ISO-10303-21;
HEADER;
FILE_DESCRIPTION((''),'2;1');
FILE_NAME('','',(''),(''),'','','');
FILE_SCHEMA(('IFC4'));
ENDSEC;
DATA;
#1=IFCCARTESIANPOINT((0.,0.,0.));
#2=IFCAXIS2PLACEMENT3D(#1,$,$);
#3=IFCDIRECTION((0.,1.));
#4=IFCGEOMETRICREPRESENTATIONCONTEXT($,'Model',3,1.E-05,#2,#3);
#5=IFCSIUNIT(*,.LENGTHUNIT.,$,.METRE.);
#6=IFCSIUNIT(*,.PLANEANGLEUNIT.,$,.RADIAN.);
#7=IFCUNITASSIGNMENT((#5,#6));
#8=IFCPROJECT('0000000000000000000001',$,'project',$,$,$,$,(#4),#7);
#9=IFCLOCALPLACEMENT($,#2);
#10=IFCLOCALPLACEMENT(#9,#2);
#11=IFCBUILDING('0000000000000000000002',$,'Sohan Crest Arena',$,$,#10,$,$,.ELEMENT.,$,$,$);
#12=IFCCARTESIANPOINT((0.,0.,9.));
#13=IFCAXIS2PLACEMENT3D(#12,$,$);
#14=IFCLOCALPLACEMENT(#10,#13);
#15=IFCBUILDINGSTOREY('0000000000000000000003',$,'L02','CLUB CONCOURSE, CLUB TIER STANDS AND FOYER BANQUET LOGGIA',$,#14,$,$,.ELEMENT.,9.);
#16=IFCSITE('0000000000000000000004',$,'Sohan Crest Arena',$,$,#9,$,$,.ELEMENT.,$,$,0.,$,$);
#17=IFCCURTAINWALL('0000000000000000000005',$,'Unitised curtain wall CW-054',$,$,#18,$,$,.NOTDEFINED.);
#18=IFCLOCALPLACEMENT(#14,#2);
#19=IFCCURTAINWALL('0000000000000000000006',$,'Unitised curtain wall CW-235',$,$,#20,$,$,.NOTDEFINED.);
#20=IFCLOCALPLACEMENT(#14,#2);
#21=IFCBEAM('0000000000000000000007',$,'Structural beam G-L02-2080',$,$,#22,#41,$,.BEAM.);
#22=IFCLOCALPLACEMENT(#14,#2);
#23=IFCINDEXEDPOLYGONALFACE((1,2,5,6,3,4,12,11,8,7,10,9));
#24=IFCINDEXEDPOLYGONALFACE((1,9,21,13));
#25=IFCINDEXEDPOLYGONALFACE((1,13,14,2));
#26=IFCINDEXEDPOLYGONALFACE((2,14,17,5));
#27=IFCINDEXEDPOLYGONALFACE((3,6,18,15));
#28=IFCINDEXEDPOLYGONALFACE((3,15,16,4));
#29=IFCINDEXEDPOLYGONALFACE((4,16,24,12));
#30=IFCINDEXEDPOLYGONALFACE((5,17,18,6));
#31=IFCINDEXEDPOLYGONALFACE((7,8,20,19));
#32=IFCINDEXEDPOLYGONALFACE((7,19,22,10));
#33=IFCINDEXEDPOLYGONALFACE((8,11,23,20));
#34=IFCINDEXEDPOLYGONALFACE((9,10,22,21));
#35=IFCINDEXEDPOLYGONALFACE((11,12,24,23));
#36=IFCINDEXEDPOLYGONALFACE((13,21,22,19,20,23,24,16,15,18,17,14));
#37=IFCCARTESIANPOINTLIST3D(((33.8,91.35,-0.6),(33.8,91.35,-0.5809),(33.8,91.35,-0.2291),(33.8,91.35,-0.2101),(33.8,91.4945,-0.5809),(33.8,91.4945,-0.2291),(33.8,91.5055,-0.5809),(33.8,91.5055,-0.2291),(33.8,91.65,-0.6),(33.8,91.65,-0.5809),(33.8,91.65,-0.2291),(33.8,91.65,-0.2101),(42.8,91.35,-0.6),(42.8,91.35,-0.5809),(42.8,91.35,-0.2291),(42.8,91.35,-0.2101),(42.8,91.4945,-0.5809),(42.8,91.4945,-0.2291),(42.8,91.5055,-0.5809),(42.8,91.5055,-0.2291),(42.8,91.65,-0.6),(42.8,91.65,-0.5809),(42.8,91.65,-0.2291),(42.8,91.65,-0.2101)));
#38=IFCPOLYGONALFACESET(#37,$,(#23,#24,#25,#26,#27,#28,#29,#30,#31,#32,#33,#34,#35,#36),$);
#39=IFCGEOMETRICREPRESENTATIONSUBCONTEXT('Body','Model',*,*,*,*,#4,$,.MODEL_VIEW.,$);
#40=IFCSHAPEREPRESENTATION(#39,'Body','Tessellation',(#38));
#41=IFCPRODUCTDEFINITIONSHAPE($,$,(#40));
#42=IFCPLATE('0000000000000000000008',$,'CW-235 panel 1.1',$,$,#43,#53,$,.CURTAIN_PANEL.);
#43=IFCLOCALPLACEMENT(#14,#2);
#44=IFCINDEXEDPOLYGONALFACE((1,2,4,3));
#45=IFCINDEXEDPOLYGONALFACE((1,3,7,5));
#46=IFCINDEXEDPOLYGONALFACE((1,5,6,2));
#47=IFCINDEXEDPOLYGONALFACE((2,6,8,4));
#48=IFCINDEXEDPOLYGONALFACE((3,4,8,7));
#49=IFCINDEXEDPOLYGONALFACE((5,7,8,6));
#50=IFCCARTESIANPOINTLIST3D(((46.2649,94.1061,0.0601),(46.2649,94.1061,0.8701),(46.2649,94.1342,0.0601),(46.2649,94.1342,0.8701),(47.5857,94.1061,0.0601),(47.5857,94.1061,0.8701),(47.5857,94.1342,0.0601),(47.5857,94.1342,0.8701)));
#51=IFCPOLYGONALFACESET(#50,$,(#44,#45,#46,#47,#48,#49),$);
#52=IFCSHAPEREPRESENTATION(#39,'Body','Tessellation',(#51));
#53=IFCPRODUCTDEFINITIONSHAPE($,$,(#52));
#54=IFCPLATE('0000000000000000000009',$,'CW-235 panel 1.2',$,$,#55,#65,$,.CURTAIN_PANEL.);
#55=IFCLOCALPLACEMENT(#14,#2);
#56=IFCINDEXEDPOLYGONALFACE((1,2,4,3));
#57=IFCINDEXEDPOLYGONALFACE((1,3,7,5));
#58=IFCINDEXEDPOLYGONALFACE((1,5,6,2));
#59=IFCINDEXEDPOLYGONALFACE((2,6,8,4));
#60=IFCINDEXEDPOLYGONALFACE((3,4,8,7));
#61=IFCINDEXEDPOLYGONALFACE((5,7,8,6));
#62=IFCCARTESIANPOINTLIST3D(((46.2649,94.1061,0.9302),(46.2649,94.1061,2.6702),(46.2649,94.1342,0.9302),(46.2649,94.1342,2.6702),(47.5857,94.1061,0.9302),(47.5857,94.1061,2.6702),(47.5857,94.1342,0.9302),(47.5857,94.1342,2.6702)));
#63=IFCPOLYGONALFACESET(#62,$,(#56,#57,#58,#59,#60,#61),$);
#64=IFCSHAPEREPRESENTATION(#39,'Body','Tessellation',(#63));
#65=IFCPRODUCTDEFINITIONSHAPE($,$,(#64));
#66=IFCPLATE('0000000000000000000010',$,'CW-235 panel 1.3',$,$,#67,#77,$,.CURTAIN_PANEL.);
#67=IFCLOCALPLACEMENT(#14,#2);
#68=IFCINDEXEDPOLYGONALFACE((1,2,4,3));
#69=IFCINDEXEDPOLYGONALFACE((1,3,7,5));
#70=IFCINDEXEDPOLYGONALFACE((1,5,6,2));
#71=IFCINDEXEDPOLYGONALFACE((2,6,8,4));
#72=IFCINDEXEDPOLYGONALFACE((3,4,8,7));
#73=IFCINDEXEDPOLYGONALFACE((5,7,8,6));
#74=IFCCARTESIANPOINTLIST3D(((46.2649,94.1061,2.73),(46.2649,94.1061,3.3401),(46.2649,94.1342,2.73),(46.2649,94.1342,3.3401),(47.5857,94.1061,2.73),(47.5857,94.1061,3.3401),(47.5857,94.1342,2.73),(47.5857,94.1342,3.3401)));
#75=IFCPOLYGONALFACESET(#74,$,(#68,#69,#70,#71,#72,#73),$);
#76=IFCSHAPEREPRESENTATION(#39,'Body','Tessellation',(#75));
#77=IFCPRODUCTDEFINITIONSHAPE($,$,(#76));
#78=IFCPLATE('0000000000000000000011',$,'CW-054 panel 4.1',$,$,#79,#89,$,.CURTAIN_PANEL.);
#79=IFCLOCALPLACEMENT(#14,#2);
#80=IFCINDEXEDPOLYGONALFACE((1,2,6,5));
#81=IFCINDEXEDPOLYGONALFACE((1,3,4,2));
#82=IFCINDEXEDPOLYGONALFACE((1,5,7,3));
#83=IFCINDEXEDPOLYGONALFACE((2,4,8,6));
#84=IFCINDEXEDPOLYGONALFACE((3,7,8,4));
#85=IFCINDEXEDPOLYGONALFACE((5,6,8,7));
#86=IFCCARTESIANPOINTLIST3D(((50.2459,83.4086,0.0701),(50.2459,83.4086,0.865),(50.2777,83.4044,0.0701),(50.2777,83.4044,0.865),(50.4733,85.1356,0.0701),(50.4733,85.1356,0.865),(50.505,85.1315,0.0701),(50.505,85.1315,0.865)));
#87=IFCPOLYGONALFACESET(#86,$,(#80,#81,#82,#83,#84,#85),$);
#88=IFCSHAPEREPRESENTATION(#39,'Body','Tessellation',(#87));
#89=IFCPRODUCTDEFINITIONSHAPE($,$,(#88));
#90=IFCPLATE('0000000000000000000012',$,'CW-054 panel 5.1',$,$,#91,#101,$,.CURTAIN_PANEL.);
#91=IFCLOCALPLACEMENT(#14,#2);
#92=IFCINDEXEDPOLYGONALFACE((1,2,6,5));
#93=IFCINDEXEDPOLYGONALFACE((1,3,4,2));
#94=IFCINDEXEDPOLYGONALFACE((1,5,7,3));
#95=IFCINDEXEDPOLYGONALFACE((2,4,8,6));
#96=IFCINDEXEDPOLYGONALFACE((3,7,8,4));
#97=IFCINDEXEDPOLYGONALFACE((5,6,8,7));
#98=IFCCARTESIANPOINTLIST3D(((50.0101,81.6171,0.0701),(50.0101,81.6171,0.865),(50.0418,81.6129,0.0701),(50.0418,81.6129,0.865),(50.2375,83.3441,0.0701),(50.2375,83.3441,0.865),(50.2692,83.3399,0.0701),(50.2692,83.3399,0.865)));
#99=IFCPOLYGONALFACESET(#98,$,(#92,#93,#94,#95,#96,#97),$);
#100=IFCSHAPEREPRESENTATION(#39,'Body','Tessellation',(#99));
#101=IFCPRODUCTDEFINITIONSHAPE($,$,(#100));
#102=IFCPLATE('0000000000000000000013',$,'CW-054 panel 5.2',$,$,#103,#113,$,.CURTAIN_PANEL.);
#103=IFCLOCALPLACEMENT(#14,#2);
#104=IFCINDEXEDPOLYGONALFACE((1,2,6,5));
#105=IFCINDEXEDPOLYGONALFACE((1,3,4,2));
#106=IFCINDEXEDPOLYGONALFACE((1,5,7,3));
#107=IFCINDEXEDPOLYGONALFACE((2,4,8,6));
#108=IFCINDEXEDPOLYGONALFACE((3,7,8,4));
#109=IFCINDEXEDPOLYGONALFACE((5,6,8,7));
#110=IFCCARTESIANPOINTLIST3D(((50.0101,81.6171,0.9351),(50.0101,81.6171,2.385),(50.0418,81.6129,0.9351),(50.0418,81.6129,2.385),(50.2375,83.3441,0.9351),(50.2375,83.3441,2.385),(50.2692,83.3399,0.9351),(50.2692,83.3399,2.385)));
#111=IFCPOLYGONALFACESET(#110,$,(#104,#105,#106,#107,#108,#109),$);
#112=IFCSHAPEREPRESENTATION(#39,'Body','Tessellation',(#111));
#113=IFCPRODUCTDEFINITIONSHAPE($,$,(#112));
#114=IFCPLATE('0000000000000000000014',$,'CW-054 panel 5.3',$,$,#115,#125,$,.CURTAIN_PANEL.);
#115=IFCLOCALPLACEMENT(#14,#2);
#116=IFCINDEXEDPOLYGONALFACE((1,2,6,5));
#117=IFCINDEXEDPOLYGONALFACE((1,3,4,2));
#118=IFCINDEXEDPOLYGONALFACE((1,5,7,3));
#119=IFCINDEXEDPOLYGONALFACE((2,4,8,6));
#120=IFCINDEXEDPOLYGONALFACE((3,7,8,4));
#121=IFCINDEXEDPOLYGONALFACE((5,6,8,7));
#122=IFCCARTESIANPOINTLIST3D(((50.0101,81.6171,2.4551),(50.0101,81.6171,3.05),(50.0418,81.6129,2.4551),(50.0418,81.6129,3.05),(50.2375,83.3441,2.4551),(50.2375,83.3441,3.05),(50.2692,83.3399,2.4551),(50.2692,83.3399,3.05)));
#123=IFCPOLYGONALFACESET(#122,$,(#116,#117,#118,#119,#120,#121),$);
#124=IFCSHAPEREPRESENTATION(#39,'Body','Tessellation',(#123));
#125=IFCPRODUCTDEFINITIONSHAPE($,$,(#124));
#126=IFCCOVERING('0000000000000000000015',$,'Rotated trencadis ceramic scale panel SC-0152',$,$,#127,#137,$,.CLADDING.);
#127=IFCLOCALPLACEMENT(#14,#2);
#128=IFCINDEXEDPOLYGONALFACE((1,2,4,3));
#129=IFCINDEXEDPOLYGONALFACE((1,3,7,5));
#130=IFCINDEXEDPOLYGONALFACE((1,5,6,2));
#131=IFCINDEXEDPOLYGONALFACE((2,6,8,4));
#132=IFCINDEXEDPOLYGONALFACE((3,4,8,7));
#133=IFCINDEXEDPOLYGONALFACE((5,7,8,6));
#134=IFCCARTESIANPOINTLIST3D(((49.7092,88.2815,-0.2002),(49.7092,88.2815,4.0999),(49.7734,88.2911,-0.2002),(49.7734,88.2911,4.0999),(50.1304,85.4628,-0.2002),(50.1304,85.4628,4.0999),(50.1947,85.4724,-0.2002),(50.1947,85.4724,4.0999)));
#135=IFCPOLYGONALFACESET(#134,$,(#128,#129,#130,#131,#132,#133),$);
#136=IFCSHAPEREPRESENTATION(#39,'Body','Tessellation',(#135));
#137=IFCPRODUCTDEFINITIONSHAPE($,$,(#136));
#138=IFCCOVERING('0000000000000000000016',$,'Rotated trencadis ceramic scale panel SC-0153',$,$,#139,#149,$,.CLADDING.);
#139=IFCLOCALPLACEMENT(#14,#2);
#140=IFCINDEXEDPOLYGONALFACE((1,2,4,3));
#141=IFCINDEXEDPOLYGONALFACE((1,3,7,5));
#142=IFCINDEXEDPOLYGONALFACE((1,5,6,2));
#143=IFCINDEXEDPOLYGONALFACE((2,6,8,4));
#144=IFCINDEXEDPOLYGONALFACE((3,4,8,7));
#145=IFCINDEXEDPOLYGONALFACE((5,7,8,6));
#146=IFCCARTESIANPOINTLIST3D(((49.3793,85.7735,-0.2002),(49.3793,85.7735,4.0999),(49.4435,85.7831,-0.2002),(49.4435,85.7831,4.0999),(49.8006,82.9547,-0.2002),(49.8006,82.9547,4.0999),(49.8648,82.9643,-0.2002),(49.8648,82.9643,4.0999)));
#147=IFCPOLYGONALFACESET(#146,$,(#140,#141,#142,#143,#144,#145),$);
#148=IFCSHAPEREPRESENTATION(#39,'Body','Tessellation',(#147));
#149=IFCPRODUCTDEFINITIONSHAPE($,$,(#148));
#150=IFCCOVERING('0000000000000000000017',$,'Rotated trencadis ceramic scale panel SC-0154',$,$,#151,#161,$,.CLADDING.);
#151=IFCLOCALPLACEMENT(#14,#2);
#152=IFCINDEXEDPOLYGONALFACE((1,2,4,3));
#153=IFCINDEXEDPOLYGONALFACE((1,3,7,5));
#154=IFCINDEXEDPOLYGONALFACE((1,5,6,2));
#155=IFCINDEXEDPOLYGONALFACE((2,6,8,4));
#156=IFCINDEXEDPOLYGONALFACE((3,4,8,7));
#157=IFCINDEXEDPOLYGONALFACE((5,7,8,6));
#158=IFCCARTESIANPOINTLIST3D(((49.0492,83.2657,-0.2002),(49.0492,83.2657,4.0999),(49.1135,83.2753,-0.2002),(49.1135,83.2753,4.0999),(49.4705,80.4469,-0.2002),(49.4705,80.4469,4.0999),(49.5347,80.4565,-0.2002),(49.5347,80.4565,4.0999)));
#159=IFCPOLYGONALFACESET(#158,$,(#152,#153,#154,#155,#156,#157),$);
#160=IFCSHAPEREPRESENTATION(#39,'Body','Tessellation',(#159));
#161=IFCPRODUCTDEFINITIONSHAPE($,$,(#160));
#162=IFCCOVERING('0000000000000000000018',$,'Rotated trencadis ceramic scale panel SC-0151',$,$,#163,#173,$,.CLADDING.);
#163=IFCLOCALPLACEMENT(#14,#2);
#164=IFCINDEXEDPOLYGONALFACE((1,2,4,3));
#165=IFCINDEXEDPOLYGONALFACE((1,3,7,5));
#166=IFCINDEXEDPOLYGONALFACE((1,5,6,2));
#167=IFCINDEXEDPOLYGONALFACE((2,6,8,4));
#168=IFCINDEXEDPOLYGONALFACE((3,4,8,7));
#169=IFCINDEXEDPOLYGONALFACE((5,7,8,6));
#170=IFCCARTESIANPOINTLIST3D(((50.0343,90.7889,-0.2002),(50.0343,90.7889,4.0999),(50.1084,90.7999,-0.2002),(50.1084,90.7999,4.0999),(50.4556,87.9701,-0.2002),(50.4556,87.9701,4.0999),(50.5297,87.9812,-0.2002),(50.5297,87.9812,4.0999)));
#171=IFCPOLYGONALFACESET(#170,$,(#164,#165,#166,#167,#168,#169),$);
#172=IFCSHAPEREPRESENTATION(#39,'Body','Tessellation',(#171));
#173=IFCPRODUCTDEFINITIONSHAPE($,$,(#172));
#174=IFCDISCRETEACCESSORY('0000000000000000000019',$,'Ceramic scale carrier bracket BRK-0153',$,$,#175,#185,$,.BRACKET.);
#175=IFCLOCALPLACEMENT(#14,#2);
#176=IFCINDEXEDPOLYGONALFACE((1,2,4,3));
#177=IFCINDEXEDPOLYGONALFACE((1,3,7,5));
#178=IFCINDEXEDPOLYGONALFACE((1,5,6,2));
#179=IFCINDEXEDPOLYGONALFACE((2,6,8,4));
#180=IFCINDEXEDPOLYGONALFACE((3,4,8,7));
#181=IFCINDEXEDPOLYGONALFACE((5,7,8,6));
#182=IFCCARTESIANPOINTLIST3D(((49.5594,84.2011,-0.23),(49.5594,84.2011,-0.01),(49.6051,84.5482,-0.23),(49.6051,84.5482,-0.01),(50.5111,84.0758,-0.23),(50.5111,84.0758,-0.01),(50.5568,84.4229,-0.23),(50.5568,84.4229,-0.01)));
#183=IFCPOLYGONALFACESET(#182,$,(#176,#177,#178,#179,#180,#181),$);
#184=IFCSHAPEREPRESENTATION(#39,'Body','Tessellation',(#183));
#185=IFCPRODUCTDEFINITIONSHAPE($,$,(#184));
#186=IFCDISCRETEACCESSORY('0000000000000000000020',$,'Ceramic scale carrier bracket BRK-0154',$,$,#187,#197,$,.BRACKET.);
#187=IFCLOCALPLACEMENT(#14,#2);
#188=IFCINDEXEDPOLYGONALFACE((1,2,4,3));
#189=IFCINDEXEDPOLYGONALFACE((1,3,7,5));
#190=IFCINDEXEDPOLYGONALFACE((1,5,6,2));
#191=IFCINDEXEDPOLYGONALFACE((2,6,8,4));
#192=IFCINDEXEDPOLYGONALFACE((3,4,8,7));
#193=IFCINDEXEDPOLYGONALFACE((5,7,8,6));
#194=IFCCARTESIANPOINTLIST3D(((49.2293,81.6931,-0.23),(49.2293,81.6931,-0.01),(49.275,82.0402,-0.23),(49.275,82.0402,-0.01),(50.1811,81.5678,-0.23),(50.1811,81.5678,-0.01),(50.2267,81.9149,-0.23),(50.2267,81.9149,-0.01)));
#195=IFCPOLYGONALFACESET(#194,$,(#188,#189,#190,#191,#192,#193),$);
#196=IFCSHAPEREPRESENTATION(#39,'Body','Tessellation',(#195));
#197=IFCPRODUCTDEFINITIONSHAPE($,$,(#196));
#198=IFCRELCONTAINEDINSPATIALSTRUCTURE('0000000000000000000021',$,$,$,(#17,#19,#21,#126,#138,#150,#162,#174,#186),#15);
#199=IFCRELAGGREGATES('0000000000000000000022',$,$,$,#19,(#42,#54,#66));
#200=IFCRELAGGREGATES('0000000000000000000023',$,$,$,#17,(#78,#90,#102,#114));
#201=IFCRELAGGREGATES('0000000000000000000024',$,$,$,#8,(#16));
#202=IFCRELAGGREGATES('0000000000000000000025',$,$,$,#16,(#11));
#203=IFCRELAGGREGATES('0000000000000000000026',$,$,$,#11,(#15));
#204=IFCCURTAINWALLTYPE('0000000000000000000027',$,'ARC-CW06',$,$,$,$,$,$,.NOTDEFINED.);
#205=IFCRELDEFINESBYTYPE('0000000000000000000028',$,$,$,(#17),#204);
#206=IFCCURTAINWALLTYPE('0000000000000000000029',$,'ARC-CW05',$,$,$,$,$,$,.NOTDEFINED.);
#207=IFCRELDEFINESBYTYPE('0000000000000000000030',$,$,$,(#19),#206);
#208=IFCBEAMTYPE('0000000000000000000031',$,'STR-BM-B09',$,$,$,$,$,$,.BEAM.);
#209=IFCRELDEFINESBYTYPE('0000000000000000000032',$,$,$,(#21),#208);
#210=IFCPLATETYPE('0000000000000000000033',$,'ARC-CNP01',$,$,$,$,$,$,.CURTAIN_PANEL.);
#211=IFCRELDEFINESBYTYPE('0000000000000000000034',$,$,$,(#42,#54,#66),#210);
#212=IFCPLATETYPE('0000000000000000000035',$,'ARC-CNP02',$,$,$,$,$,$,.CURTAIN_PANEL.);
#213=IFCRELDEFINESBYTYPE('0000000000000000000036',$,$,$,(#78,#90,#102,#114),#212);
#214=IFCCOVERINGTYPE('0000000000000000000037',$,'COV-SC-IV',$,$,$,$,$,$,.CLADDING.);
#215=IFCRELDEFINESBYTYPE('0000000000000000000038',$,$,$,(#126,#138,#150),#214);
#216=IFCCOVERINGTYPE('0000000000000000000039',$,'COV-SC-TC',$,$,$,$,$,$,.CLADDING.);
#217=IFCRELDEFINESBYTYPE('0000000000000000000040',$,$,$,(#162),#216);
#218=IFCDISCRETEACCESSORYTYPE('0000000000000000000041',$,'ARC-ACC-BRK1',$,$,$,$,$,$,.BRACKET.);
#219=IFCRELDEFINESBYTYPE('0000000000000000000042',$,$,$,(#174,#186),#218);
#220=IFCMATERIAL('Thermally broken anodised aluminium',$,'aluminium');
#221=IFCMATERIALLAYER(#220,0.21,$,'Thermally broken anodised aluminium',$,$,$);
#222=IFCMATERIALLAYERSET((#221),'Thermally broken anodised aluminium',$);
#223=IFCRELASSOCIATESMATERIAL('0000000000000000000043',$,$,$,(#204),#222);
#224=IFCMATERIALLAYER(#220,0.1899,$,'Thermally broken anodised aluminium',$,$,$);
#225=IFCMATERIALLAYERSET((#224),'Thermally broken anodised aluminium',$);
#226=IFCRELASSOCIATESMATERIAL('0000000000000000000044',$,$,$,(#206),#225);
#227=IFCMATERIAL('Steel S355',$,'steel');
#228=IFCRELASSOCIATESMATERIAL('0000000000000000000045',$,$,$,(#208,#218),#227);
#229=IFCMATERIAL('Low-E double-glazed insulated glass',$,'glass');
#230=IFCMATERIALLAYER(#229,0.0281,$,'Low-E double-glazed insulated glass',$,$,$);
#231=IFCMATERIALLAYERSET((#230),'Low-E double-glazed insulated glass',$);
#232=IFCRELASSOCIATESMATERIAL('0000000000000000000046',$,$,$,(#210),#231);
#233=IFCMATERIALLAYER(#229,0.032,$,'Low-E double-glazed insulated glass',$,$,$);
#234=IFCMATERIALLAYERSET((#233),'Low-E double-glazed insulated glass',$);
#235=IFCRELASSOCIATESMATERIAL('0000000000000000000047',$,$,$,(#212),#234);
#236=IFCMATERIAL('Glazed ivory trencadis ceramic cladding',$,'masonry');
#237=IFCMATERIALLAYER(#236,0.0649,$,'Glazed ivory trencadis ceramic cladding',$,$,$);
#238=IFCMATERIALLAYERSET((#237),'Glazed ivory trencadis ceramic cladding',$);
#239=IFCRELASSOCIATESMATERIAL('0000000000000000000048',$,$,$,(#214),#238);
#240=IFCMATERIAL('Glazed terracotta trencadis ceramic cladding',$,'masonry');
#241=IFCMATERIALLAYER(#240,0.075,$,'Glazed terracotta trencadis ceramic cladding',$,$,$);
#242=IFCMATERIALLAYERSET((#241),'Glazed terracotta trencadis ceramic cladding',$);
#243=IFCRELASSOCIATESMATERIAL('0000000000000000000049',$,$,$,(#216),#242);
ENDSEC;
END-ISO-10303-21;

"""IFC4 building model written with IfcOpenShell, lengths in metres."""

from ifc_helpers import new_model, si_unit, direction, frame, origin, origin_2d, place, context, subcontext, project, spatial, rectangle, i_section, extrude, material, layer, layer_set, material_profile, profile_set, type_object, element, aggregate, save


model = new_model("IFC4")

# Units and contexts
model_context = context("Model", 3, precision=1e-05, world=origin(), true_north=direction((0.0, 1.0)))
body_context = subcontext(model_context, "Body", "Model", "MODEL_VIEW")
ifc_project = project(units=[si_unit("LENGTHUNIT", "METRE"), si_unit("PLANEANGLEUNIT", "RADIAN")], contexts=[model_context])

# Site, building, storey
site_placement = place(None, origin())
site = spatial("IfcSite", under=ifc_project, at=site_placement, Name="Sohan Crest Arena", CompositionType="ELEMENT", RefElevation=0.0)
building_placement = place(site_placement, origin())
building = spatial("IfcBuilding", under=site, at=building_placement, Name="Sohan Crest Arena", CompositionType="ELEMENT")
storey_placement = place(building_placement, frame((0.0, 0.0, 9.0)))
storey = spatial("IfcBuildingStorey", under=building, at=storey_placement, Name="L02", Description="CLUB CONCOURSE, CLUB TIER STANDS AND FOYER BANQUET LOGGIA", CompositionType="ELEMENT", Elevation=9.0)

# Curtain wall
ifc_material_1 = material(Name="Thermally broken anodised aluminium", Category="aluminium")
ifc_layer_1 = layer(ifc_material_1, 0.21, Name="Thermally broken anodised aluminium")
ifc_layer_set_1 = layer_set([ifc_layer_1], Name="Thermally broken anodised aluminium")
curtain_wall_type_1 = type_object("IfcCurtainWallType", Name="ARC-CW06", PredefinedType="NOTDEFINED", material=ifc_layer_set_1)
curtain_wall_1_placement = place(storey_placement, origin())
curtain_wall_1 = element("IfcCurtainWall", 1, at=curtain_wall_1_placement, inside=storey, type_object=curtain_wall_type_1, Name="Unitised curtain wall CW-054", PredefinedType="NOTDEFINED")

# Curtain wall
ifc_layer_2 = layer(ifc_material_1, 0.1899, Name="Thermally broken anodised aluminium")
ifc_layer_set_2 = layer_set([ifc_layer_2], Name="Thermally broken anodised aluminium")
curtain_wall_type_2 = type_object("IfcCurtainWallType", Name="ARC-CW05", PredefinedType="NOTDEFINED", material=ifc_layer_set_2)
curtain_wall_2_placement = place(storey_placement, origin())
curtain_wall_2 = element("IfcCurtainWall", 2, at=curtain_wall_2_placement, inside=storey, type_object=curtain_wall_type_2, Name="Unitised curtain wall CW-235", PredefinedType="NOTDEFINED")

# Beam
ifc_material_2 = material(Name="Steel S355", Category="steel")
ifc_material_profile_1 = material_profile(ifc_material_2, i_section(OverallWidth=0.3, OverallDepth=0.3899, WebThickness=0.011, FlangeThickness=0.019, at=origin_2d()), Name="HEA 400")
ifc_profile_set_1 = profile_set([ifc_material_profile_1], Name="Steel S355")
beam_type_1 = type_object("IfcBeamType", Name="STR-BM-B09", PredefinedType="BEAM", material=ifc_profile_set_1)
beam_1_placement = place(storey_placement, frame((33.8, 91.5, -0.405), z_axis=(1.0, 0.0, 0.0), x_axis=(0.0, 1.0, 0.0)))
element("IfcBeam", 3, at=beam_1_placement, inside=storey, type_object=beam_type_1, Name="Structural beam G-L02-2080", PredefinedType="BEAM", context=body_context, shape_type="SweptSolid", body=[
    extrude(i_section(OverallWidth=0.3, OverallDepth=0.3899, WebThickness=0.011, FlangeThickness=0.019, at=origin_2d()), origin(), (0.0, 0.0, 1.0), 9.0),
])

# Plates
ifc_material_3 = material(Name="Low-E double-glazed insulated glass", Category="glass")
ifc_layer_3 = layer(ifc_material_3, 0.0281, Name="Low-E double-glazed insulated glass")
ifc_layer_set_3 = layer_set([ifc_layer_3], Name="Low-E double-glazed insulated glass")
plate_type_1 = type_object("IfcPlateType", Name="ARC-CNP01", PredefinedType="CURTAIN_PANEL", material=ifc_layer_set_3)
plate_1_placement = place(storey_placement, frame((46.9253, 94.1201, 0.0601), z_axis=(0.0, 0.0, 1.0), x_axis=(1.0, 0.0, 0.0)))
plate_1 = element("IfcPlate", 4, at=plate_1_placement, type_object=plate_type_1, Name="CW-235 panel 1.1", PredefinedType="CURTAIN_PANEL", context=body_context, shape_type="SweptSolid", body=[
    extrude(rectangle(XDim=1.3208, YDim=0.0281, at=origin_2d()), origin(), (0.0, 0.0, 1.0), 0.8101),
])
plate_2_placement = place(storey_placement, frame((46.9253, 94.1201, 0.9302), z_axis=(0.0, 0.0, 1.0), x_axis=(1.0, 0.0, 0.0)))
plate_2 = element("IfcPlate", 5, at=plate_2_placement, type_object=plate_type_1, Name="CW-235 panel 1.2", PredefinedType="CURTAIN_PANEL", context=body_context, shape_type="SweptSolid", body=[
    extrude(rectangle(XDim=1.3208, YDim=0.0281, at=origin_2d()), origin(), (0.0, 0.0, 1.0), 1.74),
])
plate_3_placement = place(storey_placement, frame((46.9253, 94.1201, 2.73), z_axis=(0.0, 0.0, 1.0), x_axis=(1.0, 0.0, 0.0)))
plate_3 = element("IfcPlate", 6, at=plate_3_placement, type_object=plate_type_1, Name="CW-235 panel 1.3", PredefinedType="CURTAIN_PANEL", context=body_context, shape_type="SweptSolid", body=[
    extrude(rectangle(XDim=1.3208, YDim=0.0281, at=origin_2d()), origin(), (0.0, 0.0, 1.0), 0.6101),
])
aggregate(curtain_wall_2, [plate_1, plate_2, plate_3])
ifc_layer_4 = layer(ifc_material_3, 0.032, Name="Low-E double-glazed insulated glass")
ifc_layer_set_4 = layer_set([ifc_layer_4], Name="Low-E double-glazed insulated glass")
plate_type_2 = type_object("IfcPlateType", Name="ARC-CNP02", PredefinedType="CURTAIN_PANEL", material=ifc_layer_set_4)
plate_4_placement = place(storey_placement, frame((50.3755, 84.27, 0.0701), z_axis=(0.0, 0.0, 1.0), x_axis=(-0.130532, -0.991444, 0.0)))
plate_4 = element("IfcPlate", 7, at=plate_4_placement, type_object=plate_type_2, Name="CW-054 panel 4.1", PredefinedType="CURTAIN_PANEL", context=body_context, shape_type="SweptSolid", body=[
    extrude(rectangle(XDim=1.7419, YDim=0.032, at=origin_2d()), origin(), (0.0, 0.0, 1.0), 0.7949),
])
plate_5_placement = place(storey_placement, frame((50.1396, 82.4785, 0.0701), z_axis=(0.0, 0.0, 1.0), x_axis=(-0.130532, -0.991444, 0.0)))
plate_5 = element("IfcPlate", 8, at=plate_5_placement, type_object=plate_type_2, Name="CW-054 panel 5.1", PredefinedType="CURTAIN_PANEL", context=body_context, shape_type="SweptSolid", body=[
    extrude(rectangle(XDim=1.7419, YDim=0.032, at=origin_2d()), origin(), (0.0, 0.0, 1.0), 0.7949),
])
plate_6_placement = place(storey_placement, frame((50.1396, 82.4785, 0.9351), z_axis=(0.0, 0.0, 1.0), x_axis=(-0.130532, -0.991444, 0.0)))
plate_6 = element("IfcPlate", 9, at=plate_6_placement, type_object=plate_type_2, Name="CW-054 panel 5.2", PredefinedType="CURTAIN_PANEL", context=body_context, shape_type="SweptSolid", body=[
    extrude(rectangle(XDim=1.7419, YDim=0.032, at=origin_2d()), origin(), (0.0, 0.0, 1.0), 1.45),
])
plate_7_placement = place(storey_placement, frame((50.1396, 82.4785, 2.4551), z_axis=(0.0, 0.0, 1.0), x_axis=(-0.130532, -0.991444, 0.0)))
plate_7 = element("IfcPlate", 10, at=plate_7_placement, type_object=plate_type_2, Name="CW-054 panel 5.3", PredefinedType="CURTAIN_PANEL", context=body_context, shape_type="SweptSolid", body=[
    extrude(rectangle(XDim=1.7419, YDim=0.032, at=origin_2d()), origin(), (0.0, 0.0, 1.0), 0.595),
])
aggregate(curtain_wall_1, [plate_4, plate_5, plate_6, plate_7])

# Coverings
ifc_material_4 = material(Name="Glazed ivory trencadis ceramic cladding", Category="masonry")
ifc_layer_5 = layer(ifc_material_4, 0.0649, Name="Glazed ivory trencadis ceramic cladding")
ifc_layer_set_5 = layer_set([ifc_layer_5], Name="Glazed ivory trencadis ceramic cladding")
covering_type_1 = type_object("IfcCoveringType", Name="COV-SC-IV", PredefinedType="CLADDING", material=ifc_layer_set_5)
for number, where, z_axis, x_axis, name in (
    (11, (49.9519, 86.877, -0.2002), (0.0, 0.0, 1.0), (0.147809, -0.989016, 0.0), "Rotated trencadis ceramic scale panel SC-0152"),
    (12, (49.6221, 84.3689, -0.2002), (0.0, 0.0, 1.0), (0.147809, -0.989016, 0.0), "Rotated trencadis ceramic scale panel SC-0153"),
    (13, (49.292, 81.8611, -0.2002), (0.0, 0.0, 1.0), (0.147809, -0.989016, 0.0), "Rotated trencadis ceramic scale panel SC-0154"),
):
    element("IfcCovering", number, at=place(storey_placement, frame(where, z_axis=z_axis, x_axis=x_axis)), inside=storey, type_object=covering_type_1, Name=name, PredefinedType="CLADDING", context=body_context, shape_type="SweptSolid", body=[
        extrude(rectangle(XDim=2.8501, YDim=0.0649, at=origin_2d()), origin(), (0.0, 0.0, 1.0), 4.3),
    ])
ifc_material_5 = material(Name="Glazed terracotta trencadis ceramic cladding", Category="masonry")
ifc_layer_6 = layer(ifc_material_5, 0.075, Name="Glazed terracotta trencadis ceramic cladding")
ifc_layer_set_6 = layer_set([ifc_layer_6], Name="Glazed terracotta trencadis ceramic cladding")
covering_type_2 = type_object("IfcCoveringType", Name="COV-SC-TC", PredefinedType="CLADDING", material=ifc_layer_set_6)
covering_placement = place(storey_placement, frame((50.282, 89.385, -0.2002), z_axis=(0.0, 0.0, 1.0), x_axis=(0.147809, -0.989016, 0.0)))
element("IfcCovering", 14, at=covering_placement, inside=storey, type_object=covering_type_2, Name="Rotated trencadis ceramic scale panel SC-0151", PredefinedType="CLADDING", context=body_context, shape_type="SweptSolid", body=[
    extrude(rectangle(XDim=2.8501, YDim=0.075, at=origin_2d()), origin(), (0.0, 0.0, 1.0), 4.3),
])

# Discrete accessories
discrete_accessory_type = type_object("IfcDiscreteAccessoryType", Name="ARC-ACC-BRK1", PredefinedType="BRACKET", material=ifc_material_2)
for number, where, z_axis, x_axis, name in (
    (15, (50.0581, 84.312, -0.23), (0.0, 0.0, 1.0), (-0.130526, -0.991445, 0.0), "Ceramic scale carrier bracket BRK-0153"),
    (16, (49.728, 81.804, -0.23), (0.0, 0.0, 1.0), (-0.130526, -0.991445, 0.0), "Ceramic scale carrier bracket BRK-0154"),
):
    element("IfcDiscreteAccessory", number, at=place(storey_placement, frame(where, z_axis=z_axis, x_axis=x_axis)), inside=storey, type_object=discrete_accessory_type, Name=name, PredefinedType="BRACKET", context=body_context, shape_type="SweptSolid", body=[
        extrude(rectangle(XDim=0.3501, YDim=0.96, at=origin_2d()), origin(), (0.0, 0.0, 1.0), 0.22),
    ])

save(model, "model.ifc")
